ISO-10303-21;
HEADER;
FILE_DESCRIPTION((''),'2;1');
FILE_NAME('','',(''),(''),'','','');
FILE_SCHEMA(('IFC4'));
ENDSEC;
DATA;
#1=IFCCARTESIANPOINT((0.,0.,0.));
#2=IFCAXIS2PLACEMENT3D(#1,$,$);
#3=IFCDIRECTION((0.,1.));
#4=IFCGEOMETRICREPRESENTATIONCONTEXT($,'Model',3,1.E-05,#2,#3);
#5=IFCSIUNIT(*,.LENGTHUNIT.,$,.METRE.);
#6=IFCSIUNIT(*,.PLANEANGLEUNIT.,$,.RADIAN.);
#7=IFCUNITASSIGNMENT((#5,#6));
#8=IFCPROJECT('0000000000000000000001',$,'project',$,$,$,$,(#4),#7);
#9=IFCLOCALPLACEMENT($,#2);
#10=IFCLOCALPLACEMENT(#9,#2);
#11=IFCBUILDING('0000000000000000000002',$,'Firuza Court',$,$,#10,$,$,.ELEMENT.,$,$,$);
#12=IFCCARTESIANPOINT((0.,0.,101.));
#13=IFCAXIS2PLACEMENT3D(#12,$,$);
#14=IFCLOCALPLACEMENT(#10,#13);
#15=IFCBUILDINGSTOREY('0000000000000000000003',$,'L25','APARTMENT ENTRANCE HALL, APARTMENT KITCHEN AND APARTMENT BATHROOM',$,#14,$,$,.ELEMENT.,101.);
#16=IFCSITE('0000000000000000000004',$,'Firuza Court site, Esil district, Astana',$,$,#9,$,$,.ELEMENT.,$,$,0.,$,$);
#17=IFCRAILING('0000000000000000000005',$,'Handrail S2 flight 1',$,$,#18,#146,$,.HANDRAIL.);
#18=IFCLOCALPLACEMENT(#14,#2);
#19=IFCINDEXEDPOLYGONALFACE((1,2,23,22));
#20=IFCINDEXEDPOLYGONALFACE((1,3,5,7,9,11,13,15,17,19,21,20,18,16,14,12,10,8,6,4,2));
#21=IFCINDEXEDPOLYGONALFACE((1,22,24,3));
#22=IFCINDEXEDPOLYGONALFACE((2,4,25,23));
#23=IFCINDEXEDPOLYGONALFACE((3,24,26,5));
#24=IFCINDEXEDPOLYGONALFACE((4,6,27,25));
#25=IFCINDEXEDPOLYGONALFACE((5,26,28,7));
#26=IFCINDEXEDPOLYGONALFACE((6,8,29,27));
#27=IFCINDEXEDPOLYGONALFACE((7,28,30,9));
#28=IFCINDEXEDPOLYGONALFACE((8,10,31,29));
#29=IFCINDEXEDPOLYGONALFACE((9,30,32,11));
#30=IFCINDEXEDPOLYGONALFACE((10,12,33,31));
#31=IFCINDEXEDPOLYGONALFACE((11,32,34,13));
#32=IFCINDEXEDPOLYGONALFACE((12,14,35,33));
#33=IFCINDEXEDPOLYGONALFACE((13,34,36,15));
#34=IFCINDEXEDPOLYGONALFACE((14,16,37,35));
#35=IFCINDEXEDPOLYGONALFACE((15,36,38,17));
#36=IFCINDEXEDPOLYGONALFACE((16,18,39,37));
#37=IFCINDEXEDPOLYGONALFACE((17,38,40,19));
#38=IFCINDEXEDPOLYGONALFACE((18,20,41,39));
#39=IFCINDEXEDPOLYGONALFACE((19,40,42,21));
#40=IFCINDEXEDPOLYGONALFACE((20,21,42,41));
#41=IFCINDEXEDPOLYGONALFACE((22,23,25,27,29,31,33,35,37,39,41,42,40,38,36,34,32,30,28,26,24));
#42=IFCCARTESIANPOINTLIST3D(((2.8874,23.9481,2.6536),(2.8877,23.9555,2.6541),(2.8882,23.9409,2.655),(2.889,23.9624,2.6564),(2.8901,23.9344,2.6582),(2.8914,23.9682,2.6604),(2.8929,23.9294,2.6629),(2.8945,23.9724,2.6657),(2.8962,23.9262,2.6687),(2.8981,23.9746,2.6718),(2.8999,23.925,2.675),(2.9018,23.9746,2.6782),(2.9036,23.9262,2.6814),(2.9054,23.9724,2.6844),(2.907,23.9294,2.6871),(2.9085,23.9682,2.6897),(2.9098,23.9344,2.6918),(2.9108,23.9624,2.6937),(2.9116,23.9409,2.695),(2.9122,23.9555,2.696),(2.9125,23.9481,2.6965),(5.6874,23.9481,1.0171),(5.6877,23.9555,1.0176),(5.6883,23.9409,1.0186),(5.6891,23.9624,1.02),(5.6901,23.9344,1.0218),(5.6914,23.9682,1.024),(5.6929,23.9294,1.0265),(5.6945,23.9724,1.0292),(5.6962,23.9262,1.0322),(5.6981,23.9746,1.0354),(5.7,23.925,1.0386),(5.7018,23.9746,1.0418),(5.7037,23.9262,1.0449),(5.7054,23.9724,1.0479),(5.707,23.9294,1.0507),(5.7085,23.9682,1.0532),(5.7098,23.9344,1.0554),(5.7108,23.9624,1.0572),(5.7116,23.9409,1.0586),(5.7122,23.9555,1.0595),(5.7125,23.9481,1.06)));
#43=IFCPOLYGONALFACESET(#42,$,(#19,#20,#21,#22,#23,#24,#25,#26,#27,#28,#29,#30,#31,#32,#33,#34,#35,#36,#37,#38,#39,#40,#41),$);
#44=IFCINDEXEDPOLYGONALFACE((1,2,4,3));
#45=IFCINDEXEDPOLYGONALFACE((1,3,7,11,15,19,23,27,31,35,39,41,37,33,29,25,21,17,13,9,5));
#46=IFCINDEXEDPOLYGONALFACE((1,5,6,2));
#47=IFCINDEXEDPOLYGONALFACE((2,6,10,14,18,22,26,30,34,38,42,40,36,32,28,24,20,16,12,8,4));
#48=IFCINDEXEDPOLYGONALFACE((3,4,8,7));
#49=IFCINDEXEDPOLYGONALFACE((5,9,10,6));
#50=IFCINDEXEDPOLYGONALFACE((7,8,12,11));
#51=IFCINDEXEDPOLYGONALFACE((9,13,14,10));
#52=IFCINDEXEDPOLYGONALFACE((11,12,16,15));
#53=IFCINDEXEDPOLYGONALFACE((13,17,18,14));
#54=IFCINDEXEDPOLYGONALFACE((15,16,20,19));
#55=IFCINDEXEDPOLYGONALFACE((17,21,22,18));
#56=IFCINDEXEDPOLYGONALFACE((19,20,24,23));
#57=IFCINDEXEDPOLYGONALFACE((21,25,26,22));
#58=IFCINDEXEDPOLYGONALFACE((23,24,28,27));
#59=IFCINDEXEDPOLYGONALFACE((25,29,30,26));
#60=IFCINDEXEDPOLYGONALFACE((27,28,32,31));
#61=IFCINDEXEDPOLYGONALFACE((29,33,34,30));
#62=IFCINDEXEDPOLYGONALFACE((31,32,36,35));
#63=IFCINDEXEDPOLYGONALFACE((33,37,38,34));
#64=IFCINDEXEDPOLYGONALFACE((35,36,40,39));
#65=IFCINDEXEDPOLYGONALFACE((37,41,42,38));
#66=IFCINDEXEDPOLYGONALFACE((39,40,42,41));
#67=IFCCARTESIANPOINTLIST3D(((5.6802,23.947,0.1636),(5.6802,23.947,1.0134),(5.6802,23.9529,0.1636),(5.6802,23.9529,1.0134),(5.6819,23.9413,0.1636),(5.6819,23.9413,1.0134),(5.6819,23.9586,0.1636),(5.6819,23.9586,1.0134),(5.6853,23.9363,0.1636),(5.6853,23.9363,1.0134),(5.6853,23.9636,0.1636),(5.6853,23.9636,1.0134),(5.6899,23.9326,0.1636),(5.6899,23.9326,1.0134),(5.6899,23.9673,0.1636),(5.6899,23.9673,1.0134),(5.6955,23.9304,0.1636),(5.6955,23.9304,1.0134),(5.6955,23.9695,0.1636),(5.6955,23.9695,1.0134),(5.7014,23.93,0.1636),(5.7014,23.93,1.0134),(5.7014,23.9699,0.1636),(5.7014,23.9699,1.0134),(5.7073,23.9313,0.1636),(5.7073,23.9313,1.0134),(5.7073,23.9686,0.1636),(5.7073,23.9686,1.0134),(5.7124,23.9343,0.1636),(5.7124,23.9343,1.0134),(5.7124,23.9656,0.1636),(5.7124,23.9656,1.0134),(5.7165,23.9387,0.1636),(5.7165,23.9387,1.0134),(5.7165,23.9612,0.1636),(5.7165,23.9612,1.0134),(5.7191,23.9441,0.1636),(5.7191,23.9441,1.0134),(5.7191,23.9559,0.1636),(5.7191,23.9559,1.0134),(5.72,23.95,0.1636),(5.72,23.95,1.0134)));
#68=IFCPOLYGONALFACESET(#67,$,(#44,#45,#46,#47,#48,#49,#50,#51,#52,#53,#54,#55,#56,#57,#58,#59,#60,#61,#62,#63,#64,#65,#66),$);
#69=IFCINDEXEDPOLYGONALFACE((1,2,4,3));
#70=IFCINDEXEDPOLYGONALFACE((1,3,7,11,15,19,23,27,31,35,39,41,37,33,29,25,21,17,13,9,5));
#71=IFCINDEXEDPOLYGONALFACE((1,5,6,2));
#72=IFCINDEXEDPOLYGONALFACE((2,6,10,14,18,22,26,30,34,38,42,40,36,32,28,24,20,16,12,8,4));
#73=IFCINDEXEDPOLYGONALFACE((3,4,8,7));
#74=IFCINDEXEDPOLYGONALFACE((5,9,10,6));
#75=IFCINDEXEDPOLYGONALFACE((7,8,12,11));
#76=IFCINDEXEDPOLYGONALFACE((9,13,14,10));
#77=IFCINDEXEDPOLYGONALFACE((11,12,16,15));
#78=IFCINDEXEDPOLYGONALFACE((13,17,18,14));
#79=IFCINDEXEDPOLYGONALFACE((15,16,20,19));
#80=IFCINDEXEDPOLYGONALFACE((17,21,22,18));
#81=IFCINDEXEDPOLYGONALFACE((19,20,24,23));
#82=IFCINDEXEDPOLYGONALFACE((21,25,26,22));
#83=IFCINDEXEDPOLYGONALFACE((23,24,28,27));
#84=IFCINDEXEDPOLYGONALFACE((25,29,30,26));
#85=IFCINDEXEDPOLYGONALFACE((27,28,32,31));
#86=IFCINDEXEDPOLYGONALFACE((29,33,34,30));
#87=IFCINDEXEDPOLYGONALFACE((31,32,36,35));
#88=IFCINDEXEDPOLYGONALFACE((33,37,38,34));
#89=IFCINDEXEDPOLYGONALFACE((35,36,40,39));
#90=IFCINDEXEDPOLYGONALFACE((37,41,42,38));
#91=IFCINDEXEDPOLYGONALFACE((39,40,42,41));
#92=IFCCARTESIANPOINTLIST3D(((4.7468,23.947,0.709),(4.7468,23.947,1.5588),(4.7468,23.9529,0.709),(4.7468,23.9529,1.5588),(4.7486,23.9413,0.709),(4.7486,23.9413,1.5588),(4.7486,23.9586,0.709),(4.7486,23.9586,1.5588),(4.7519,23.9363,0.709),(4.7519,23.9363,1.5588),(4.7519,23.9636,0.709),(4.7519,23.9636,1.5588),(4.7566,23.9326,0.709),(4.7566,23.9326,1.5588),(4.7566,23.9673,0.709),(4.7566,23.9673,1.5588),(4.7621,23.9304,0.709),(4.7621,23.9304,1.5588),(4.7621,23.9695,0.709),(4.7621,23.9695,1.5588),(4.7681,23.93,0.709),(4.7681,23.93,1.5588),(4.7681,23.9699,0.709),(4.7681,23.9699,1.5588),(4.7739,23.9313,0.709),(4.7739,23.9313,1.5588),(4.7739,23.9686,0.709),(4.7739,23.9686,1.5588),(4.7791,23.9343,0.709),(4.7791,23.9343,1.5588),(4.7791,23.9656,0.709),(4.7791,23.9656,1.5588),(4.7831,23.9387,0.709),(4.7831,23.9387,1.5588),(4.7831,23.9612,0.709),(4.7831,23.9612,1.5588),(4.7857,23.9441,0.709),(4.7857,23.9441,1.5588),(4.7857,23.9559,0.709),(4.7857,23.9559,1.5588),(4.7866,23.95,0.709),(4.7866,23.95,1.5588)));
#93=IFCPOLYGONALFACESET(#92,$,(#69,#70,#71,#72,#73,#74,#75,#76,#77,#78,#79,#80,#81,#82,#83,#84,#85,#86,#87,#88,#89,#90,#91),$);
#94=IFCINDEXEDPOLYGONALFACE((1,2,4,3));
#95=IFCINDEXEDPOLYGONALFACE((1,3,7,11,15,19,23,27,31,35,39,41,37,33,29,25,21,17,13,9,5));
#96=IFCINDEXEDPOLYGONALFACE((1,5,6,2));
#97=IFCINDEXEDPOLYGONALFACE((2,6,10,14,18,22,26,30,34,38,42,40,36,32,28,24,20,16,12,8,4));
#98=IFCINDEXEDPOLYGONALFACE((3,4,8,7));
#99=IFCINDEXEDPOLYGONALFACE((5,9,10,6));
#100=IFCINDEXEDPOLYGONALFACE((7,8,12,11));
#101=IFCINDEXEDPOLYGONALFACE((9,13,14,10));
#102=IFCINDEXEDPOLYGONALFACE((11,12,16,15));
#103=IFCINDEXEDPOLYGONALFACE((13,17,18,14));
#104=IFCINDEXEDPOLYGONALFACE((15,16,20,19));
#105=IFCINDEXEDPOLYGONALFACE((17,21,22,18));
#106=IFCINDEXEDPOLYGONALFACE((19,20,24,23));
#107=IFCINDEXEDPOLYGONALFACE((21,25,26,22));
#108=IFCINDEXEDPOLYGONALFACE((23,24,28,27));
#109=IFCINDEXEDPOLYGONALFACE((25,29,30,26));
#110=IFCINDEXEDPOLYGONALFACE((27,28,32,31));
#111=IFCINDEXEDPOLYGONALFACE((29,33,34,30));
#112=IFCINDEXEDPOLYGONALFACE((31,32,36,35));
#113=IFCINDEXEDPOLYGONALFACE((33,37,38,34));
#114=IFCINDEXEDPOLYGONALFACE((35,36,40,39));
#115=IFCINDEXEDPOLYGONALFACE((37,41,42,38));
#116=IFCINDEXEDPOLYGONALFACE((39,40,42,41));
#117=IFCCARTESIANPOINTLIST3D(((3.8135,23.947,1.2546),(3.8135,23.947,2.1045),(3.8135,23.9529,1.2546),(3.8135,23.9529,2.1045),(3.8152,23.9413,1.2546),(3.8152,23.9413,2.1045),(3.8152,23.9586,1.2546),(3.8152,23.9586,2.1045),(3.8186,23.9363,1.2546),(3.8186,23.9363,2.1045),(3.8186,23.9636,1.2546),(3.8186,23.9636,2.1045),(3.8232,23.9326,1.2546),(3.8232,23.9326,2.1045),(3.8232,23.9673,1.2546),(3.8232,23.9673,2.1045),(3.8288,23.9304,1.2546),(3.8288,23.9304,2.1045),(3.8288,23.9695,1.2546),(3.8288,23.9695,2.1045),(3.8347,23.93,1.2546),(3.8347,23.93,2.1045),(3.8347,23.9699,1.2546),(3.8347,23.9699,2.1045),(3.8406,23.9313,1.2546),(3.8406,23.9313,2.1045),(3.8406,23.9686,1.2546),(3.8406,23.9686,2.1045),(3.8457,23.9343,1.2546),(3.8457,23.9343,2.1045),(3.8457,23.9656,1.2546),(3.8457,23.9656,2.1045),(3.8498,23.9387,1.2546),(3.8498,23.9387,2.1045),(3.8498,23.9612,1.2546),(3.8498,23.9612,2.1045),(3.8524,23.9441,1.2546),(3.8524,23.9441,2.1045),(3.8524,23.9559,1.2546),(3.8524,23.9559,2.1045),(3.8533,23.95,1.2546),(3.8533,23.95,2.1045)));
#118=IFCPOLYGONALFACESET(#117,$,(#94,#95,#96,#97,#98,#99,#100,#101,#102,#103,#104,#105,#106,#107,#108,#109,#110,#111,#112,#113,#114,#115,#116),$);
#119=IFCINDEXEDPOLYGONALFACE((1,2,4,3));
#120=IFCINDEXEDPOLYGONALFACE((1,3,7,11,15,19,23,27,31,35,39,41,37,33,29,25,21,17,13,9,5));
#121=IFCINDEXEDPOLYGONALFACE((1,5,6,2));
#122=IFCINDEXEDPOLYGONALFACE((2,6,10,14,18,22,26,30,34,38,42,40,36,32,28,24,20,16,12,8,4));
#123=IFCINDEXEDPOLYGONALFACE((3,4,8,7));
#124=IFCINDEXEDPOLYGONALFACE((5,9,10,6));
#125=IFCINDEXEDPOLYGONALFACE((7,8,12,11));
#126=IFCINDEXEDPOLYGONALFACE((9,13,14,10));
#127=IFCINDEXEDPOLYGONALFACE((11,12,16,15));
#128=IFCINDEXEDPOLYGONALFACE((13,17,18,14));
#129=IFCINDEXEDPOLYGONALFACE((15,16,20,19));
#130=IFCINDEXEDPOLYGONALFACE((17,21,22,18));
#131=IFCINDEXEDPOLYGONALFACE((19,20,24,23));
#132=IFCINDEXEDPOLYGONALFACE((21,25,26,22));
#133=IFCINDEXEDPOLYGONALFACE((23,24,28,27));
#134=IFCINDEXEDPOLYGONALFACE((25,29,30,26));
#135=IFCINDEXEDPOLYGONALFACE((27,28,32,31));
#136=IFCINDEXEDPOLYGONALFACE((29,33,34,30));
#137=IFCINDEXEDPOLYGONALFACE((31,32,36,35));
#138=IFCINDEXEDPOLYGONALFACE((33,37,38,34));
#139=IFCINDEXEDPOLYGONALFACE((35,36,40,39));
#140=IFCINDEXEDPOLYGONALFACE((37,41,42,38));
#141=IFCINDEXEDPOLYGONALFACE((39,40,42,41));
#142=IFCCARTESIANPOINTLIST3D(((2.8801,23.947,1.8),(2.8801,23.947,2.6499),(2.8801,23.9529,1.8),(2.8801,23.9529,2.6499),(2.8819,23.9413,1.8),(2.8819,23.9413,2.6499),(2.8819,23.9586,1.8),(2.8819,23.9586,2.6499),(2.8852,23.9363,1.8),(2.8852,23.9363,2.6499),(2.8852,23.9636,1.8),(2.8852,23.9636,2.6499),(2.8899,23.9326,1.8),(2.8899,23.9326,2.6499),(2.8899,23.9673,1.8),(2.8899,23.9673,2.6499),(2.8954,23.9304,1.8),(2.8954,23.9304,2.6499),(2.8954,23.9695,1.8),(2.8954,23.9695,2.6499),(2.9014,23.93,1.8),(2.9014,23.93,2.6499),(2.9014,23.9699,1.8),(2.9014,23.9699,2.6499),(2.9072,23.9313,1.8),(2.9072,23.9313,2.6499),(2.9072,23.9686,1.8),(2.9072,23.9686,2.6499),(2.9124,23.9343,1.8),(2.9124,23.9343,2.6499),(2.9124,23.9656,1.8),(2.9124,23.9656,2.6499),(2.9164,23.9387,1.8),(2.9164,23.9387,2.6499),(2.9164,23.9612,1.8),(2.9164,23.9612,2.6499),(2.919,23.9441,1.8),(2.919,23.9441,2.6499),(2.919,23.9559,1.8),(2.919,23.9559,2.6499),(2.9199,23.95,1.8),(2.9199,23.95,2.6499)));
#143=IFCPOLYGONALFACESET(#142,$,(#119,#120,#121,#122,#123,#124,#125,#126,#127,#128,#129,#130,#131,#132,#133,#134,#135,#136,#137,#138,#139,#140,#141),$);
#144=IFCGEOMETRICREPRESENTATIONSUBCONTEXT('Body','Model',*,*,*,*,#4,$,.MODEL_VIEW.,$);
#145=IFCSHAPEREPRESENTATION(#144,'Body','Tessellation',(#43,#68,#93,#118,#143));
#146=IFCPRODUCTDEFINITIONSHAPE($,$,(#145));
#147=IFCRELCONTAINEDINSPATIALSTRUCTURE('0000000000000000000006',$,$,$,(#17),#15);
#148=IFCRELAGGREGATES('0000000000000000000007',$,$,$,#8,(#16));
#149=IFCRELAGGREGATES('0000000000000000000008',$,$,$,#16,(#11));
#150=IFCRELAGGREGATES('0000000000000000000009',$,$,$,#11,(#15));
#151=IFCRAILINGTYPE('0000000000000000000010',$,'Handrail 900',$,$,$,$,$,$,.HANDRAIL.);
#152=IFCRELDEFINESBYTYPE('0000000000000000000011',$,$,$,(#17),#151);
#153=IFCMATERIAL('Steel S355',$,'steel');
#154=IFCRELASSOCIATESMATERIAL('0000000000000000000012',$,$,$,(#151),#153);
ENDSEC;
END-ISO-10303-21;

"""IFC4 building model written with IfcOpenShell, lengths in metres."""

from ifc_helpers import new_model, si_unit, direction, frame, origin, origin_2d, place, context, subcontext, project, spatial, circle, extrude, material, type_object, element, save


model = new_model("IFC4")

# Units and contexts
model_context = context("Model", 3, precision=1e-05, world=origin(), true_north=direction((0.0, 1.0)))
body_context = subcontext(model_context, "Body", "Model", "MODEL_VIEW")
ifc_project = project(units=[si_unit("LENGTHUNIT", "METRE"), si_unit("PLANEANGLEUNIT", "RADIAN")], contexts=[model_context])

# Site, building, storey
site_placement = place(None, origin())
site = spatial("IfcSite", under=ifc_project, at=site_placement, Name="Firuza Court site, Esil district, Astana", CompositionType="ELEMENT", RefElevation=0.0)
building_placement = place(site_placement, origin())
building = spatial("IfcBuilding", under=site, at=building_placement, Name="Firuza Court", CompositionType="ELEMENT")
storey_placement = place(building_placement, frame((0.0, 0.0, 101.0)))
storey = spatial("IfcBuildingStorey", under=building, at=storey_placement, Name="L25", Description="APARTMENT ENTRANCE HALL, APARTMENT KITCHEN AND APARTMENT BATHROOM", CompositionType="ELEMENT", Elevation=101.0)

# Railing
ifc_material_1 = material(Name="Steel S355", Category="steel")
railing_type_1 = type_object("IfcRailingType", Name="Handrail 900", PredefinedType="HANDRAIL", material=ifc_material_1)
railing_1_placement = place(storey_placement, frame((5.7, 23.95, 0.1636)))
element("IfcRailing", 1, at=railing_1_placement, inside=storey, type_object=railing_type_1, Name="Handrail S2 flight 1", PredefinedType="HANDRAIL", context=body_context, shape_type="SweptSolid", body=[
    extrude(circle(Radius=0.0249, at=origin_2d()), frame((0.0, 0.0, 0.875), z_axis=(-0.863361, 0.0, 0.504587), x_axis=(0.0, -1.0, 0.0)), (0.0, 0.0, 1.0), 3.2432),
    extrude(circle(Radius=0.02, at=origin_2d()), origin(), (0.0, 0.0, 1.0), 0.8499),
    extrude(circle(Radius=0.02, at=origin_2d()), frame((-0.9333, 0.0, 0.5454)), (0.0, 0.0, 1.0), 0.8499),
    extrude(circle(Radius=0.02, at=origin_2d()), frame((-1.8667, 0.0, 1.0911)), (0.0, 0.0, 1.0), 0.8499),
    extrude(circle(Radius=0.02, at=origin_2d()), frame((-2.8, 0.0, 1.6365)), (0.0, 0.0, 1.0), 0.8499),
])

save(model, "model.ifc")
